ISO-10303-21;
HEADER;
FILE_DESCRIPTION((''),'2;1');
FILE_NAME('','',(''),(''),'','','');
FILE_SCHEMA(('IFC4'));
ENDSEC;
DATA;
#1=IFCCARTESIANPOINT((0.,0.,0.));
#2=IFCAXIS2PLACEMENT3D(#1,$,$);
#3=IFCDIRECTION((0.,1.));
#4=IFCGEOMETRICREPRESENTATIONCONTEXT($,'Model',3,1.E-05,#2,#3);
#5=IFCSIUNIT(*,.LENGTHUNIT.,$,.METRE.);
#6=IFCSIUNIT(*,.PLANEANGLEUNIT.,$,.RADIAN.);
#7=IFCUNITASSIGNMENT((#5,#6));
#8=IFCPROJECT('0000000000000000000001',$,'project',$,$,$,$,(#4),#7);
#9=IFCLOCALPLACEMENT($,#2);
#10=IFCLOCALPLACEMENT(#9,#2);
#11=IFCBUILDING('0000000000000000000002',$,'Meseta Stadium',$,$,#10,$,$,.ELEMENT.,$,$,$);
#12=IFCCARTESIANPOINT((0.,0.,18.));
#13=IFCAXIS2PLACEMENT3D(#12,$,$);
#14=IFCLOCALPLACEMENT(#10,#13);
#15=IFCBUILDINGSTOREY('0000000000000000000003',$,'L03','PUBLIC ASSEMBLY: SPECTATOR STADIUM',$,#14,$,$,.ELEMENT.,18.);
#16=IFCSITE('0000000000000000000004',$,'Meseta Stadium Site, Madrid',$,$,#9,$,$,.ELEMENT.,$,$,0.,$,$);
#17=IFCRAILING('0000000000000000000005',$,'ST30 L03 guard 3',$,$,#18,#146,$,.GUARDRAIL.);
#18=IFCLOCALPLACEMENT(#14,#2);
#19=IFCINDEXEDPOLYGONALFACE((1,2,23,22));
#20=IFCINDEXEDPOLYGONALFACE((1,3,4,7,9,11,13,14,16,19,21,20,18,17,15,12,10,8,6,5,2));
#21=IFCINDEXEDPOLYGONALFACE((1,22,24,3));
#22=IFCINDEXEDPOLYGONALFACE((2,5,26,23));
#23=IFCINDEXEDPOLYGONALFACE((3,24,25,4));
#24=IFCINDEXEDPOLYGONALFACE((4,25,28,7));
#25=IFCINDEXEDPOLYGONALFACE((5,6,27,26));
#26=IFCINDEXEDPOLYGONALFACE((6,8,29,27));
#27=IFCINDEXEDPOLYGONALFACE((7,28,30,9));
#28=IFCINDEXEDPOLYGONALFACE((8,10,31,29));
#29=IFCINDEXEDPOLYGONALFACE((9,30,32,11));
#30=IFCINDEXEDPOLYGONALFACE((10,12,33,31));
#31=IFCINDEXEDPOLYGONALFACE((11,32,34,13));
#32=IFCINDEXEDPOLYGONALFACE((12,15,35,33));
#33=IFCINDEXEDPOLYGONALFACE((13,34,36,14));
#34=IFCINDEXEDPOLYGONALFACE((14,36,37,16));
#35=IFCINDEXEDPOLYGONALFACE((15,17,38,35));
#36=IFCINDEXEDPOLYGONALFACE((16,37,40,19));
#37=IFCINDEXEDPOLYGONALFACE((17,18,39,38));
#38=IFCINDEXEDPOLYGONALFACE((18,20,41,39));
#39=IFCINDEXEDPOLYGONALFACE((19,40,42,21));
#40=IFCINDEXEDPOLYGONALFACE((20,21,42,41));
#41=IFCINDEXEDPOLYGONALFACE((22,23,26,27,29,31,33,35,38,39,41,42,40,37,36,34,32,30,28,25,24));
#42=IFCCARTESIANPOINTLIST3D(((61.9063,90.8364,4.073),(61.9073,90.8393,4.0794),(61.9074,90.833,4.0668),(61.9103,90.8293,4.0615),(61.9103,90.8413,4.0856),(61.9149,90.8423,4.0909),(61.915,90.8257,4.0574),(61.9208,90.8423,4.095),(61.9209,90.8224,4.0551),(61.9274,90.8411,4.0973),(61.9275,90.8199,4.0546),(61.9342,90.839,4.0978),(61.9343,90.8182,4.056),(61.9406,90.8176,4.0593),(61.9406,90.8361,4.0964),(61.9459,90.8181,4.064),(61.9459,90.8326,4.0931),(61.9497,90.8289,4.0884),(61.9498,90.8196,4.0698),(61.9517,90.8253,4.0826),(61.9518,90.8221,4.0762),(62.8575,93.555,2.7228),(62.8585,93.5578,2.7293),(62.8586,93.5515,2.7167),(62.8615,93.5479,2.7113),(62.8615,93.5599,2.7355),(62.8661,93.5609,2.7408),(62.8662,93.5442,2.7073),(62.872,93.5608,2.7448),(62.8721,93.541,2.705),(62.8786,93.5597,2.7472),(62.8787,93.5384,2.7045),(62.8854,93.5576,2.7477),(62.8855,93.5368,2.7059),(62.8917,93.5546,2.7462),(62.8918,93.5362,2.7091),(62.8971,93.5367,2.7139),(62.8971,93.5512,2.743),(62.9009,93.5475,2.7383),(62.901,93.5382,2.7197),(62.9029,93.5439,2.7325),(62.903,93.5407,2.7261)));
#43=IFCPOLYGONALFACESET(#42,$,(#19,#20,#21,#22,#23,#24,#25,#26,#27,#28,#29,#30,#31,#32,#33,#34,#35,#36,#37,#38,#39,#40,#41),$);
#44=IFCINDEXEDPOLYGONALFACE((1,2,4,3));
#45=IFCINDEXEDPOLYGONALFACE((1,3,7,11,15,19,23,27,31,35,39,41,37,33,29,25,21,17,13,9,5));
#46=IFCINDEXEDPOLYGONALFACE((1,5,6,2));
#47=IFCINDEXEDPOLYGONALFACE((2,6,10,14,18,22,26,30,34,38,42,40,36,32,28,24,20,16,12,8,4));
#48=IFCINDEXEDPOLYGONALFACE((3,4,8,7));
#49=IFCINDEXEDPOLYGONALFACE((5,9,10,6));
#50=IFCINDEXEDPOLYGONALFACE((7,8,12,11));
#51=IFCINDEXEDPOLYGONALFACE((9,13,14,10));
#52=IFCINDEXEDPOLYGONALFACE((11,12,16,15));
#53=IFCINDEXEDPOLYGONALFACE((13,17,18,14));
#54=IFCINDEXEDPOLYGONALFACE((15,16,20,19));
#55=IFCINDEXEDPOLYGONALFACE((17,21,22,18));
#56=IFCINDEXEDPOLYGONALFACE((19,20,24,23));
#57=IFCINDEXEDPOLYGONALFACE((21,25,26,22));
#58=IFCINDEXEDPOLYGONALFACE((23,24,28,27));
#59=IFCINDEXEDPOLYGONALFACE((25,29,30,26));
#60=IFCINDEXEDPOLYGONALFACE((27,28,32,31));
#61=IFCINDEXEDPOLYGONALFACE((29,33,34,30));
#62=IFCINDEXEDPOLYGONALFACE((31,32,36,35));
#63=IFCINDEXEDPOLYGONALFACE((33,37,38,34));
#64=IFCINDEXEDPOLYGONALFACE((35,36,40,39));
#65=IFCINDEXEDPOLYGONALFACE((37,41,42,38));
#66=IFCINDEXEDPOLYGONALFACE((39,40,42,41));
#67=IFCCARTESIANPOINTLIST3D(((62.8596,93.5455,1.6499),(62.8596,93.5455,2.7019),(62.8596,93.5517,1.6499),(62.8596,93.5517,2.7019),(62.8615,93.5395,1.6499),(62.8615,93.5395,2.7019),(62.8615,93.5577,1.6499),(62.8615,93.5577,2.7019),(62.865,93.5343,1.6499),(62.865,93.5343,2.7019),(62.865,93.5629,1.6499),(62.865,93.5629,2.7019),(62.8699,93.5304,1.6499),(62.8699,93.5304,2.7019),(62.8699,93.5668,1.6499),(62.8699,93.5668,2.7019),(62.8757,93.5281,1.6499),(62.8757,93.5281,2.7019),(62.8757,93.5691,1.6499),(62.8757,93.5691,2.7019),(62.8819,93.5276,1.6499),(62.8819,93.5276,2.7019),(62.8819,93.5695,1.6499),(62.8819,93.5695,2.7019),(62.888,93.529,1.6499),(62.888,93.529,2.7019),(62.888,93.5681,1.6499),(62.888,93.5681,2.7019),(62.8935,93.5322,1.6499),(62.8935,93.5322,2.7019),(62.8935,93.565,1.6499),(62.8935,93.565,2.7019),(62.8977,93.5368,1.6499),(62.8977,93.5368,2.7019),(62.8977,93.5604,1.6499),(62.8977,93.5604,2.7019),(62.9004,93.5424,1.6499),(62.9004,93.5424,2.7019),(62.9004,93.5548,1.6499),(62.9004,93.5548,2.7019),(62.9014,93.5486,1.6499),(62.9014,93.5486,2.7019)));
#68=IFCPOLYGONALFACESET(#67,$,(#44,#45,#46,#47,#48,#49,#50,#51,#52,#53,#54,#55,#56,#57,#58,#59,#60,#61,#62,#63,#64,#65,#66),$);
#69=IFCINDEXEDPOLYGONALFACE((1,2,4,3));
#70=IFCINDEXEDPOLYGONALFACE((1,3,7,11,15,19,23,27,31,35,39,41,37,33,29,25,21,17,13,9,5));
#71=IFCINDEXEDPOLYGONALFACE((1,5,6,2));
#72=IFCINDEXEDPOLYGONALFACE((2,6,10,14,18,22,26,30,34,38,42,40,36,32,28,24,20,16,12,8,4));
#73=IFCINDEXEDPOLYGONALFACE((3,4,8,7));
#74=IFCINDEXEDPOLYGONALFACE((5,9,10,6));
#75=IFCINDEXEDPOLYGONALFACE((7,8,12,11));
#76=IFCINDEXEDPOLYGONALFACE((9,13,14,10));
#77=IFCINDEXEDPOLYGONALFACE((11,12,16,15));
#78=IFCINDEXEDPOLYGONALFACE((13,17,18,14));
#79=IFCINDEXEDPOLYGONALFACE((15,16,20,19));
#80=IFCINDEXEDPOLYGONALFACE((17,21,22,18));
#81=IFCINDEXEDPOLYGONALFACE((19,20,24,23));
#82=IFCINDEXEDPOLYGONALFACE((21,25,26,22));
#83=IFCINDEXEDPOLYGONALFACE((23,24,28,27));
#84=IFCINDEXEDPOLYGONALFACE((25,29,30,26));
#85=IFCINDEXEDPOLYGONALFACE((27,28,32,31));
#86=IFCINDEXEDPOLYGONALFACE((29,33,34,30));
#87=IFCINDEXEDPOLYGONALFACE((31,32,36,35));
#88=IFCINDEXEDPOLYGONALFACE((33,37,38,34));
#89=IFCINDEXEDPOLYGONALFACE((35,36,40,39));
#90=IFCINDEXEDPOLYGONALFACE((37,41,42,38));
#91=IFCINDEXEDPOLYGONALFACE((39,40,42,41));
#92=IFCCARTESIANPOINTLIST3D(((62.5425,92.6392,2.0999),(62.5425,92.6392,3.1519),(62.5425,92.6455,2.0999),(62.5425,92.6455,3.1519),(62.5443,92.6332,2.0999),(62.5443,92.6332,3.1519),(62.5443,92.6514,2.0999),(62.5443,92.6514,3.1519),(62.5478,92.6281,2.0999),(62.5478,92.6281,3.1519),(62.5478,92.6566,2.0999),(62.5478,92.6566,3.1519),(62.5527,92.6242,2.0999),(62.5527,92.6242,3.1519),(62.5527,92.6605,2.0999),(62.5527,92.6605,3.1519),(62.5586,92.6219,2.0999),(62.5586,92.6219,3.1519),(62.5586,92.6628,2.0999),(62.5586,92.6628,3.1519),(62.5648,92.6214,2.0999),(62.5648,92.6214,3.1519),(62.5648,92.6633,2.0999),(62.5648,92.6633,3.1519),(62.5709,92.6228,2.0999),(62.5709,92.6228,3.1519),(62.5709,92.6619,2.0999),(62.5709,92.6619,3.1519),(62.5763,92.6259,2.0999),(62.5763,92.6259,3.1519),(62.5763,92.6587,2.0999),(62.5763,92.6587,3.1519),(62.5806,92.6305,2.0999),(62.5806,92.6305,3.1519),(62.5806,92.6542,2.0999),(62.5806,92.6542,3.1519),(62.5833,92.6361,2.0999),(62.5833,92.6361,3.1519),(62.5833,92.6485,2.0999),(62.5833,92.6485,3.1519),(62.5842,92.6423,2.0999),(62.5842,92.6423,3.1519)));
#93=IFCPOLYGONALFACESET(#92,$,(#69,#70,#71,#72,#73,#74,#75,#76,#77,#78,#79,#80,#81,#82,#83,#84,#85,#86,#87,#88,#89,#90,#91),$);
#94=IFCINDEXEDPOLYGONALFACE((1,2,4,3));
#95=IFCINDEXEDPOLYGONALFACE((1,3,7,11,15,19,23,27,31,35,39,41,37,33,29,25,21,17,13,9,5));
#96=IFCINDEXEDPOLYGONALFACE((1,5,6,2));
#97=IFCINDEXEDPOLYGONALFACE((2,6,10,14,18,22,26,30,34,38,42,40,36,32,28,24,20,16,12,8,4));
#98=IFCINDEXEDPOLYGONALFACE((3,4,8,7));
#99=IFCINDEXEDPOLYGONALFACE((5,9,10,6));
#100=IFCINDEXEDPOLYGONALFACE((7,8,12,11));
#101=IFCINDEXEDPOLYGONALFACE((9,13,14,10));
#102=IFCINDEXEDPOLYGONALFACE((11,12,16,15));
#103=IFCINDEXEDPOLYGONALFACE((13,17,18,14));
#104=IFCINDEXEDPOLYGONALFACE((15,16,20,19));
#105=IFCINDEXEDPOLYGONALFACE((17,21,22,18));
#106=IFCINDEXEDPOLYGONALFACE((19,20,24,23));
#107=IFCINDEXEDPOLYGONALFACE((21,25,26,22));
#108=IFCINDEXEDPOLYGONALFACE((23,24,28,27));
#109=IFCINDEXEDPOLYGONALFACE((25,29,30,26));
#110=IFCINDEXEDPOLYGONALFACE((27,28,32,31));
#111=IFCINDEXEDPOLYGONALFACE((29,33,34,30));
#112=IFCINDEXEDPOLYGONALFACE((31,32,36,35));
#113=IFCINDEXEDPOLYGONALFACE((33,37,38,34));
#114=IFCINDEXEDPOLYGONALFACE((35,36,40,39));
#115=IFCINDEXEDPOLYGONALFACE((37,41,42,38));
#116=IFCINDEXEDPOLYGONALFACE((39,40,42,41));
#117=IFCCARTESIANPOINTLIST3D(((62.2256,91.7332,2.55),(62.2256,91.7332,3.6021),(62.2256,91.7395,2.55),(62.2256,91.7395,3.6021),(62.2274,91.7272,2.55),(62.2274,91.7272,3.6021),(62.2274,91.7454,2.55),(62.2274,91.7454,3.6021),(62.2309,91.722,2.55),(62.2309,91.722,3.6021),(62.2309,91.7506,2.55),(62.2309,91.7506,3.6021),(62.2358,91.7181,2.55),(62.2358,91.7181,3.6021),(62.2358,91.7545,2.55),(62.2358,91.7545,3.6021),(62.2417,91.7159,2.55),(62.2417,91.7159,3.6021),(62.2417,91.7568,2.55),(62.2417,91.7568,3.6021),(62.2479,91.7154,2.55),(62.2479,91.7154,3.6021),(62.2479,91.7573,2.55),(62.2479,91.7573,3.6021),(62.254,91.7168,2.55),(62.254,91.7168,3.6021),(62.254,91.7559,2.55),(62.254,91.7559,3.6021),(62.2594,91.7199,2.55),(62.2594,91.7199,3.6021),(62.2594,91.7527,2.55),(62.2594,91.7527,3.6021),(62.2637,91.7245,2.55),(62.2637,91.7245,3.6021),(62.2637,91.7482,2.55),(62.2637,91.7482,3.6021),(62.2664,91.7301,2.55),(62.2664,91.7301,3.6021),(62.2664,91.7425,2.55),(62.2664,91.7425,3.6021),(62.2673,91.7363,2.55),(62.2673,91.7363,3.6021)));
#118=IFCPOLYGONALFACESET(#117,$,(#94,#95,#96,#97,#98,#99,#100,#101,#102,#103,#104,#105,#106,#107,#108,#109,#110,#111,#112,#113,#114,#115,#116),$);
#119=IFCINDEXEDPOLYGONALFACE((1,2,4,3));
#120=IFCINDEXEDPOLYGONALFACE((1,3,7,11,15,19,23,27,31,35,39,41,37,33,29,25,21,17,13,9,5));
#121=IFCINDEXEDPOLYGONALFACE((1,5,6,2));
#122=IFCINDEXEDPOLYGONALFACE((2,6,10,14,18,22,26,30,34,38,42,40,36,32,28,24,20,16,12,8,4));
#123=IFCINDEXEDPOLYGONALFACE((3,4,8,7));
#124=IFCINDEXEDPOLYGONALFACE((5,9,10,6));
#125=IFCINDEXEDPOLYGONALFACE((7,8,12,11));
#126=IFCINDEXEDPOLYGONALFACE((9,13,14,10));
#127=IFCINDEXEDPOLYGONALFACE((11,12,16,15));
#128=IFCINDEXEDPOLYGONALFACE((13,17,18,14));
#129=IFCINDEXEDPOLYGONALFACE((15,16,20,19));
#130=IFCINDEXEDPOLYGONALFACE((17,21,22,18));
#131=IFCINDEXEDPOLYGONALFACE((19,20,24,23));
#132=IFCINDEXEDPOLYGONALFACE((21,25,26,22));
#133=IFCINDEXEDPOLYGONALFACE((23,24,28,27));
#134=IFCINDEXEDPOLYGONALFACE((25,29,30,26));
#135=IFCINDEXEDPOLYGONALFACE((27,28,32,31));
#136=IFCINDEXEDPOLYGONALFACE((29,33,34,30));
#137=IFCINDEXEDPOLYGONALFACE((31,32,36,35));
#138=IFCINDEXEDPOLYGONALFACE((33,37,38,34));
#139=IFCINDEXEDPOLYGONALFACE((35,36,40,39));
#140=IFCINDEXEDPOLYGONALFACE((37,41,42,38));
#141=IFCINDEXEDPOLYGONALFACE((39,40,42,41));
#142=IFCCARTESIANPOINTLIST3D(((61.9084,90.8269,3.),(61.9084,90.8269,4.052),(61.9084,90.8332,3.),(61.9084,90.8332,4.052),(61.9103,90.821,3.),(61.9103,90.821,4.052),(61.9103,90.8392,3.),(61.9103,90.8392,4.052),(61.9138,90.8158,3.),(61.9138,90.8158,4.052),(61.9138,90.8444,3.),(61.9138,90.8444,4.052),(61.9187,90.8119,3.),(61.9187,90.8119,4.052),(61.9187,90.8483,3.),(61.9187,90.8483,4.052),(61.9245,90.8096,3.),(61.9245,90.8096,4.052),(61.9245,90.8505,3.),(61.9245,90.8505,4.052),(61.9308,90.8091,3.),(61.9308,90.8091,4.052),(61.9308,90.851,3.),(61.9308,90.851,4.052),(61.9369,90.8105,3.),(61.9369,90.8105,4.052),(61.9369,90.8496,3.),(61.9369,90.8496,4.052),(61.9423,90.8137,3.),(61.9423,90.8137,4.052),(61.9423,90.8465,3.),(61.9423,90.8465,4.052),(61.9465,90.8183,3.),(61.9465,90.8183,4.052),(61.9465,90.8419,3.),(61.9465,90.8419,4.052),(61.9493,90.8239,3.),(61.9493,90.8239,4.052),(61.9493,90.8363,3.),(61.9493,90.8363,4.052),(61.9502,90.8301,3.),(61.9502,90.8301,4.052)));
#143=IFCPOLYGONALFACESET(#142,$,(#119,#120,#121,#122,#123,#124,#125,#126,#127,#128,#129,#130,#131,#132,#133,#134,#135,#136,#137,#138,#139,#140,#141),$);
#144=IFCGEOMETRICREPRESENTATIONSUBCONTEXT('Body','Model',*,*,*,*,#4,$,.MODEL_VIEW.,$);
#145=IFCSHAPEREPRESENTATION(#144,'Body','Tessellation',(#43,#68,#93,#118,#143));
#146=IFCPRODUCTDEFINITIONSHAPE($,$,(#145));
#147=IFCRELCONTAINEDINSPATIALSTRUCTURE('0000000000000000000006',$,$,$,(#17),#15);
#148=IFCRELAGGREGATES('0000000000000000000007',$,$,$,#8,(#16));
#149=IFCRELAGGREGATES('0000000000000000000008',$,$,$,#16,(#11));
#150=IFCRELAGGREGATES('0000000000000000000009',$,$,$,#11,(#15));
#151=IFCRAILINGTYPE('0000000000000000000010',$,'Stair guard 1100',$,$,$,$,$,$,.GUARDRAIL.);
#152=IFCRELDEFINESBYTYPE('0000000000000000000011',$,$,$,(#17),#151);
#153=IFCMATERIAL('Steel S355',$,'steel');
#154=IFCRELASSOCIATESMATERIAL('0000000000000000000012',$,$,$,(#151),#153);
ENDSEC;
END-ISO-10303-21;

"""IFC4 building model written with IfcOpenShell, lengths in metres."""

from ifc_helpers import new_model, si_unit, direction, frame, origin, origin_2d, place, context, subcontext, project, spatial, circle, extrude, material, type_object, element, save


model = new_model("IFC4")

# Units and contexts
model_context = context("Model", 3, precision=1e-05, world=origin(), true_north=direction((0.0, 1.0)))
body_context = subcontext(model_context, "Body", "Model", "MODEL_VIEW")
ifc_project = project(units=[si_unit("LENGTHUNIT", "METRE"), si_unit("PLANEANGLEUNIT", "RADIAN")], contexts=[model_context])

# Site, building, storey
site_placement = place(None, origin())
site = spatial("IfcSite", under=ifc_project, at=site_placement, Name="Meseta Stadium Site, Madrid", CompositionType="ELEMENT", RefElevation=0.0)
building_placement = place(site_placement, origin())
building = spatial("IfcBuilding", under=site, at=building_placement, Name="Meseta Stadium", CompositionType="ELEMENT")
storey_placement = place(building_placement, frame((0.0, 0.0, 18.0)))
storey = spatial("IfcBuildingStorey", under=building, at=storey_placement, Name="L03", Description="PUBLIC ASSEMBLY: SPECTATOR STADIUM", CompositionType="ELEMENT", Elevation=18.0)

# Railing
ifc_material_1 = material(Name="Steel S355", Category="steel")
railing_type_1 = type_object("IfcRailingType", Name="Stair guard 1100", PredefinedType="GUARDRAIL", material=ifc_material_1)
railing_1_placement = place(storey_placement, frame((62.8804, 93.5486, 1.6499)))
element("IfcRailing", 1, at=railing_1_placement, inside=storey, type_object=railing_type_1, Name="ST30 L03 guard 3", PredefinedType="GUARDRAIL", context=body_context, shape_type="SweptSolid", body=[
    extrude(circle(Radius=0.0239, at=origin_2d()), frame((0.0, 0.0, 1.0762), z_axis=(-0.299031, -0.854649, 0.424446), x_axis=(0.943891, -0.330256, 0.0)), (0.0, 0.0, 1.0), 3.1809),
    extrude(circle(Radius=0.021, at=origin_2d()), origin(), (0.0, 0.0, 1.0), 1.052),
    extrude(circle(Radius=0.021, at=origin_2d()), frame((-0.3171, -0.9062, 0.45)), (0.0, 0.0, 1.0), 1.052),
    extrude(circle(Radius=0.021, at=origin_2d()), frame((-0.634, -1.8123, 0.9001)), (0.0, 0.0, 1.0), 1.052),
    extrude(circle(Radius=0.021, at=origin_2d()), frame((-0.9512, -2.7185, 1.3501)), (0.0, 0.0, 1.0), 1.052),
])

save(model, "model.ifc")
